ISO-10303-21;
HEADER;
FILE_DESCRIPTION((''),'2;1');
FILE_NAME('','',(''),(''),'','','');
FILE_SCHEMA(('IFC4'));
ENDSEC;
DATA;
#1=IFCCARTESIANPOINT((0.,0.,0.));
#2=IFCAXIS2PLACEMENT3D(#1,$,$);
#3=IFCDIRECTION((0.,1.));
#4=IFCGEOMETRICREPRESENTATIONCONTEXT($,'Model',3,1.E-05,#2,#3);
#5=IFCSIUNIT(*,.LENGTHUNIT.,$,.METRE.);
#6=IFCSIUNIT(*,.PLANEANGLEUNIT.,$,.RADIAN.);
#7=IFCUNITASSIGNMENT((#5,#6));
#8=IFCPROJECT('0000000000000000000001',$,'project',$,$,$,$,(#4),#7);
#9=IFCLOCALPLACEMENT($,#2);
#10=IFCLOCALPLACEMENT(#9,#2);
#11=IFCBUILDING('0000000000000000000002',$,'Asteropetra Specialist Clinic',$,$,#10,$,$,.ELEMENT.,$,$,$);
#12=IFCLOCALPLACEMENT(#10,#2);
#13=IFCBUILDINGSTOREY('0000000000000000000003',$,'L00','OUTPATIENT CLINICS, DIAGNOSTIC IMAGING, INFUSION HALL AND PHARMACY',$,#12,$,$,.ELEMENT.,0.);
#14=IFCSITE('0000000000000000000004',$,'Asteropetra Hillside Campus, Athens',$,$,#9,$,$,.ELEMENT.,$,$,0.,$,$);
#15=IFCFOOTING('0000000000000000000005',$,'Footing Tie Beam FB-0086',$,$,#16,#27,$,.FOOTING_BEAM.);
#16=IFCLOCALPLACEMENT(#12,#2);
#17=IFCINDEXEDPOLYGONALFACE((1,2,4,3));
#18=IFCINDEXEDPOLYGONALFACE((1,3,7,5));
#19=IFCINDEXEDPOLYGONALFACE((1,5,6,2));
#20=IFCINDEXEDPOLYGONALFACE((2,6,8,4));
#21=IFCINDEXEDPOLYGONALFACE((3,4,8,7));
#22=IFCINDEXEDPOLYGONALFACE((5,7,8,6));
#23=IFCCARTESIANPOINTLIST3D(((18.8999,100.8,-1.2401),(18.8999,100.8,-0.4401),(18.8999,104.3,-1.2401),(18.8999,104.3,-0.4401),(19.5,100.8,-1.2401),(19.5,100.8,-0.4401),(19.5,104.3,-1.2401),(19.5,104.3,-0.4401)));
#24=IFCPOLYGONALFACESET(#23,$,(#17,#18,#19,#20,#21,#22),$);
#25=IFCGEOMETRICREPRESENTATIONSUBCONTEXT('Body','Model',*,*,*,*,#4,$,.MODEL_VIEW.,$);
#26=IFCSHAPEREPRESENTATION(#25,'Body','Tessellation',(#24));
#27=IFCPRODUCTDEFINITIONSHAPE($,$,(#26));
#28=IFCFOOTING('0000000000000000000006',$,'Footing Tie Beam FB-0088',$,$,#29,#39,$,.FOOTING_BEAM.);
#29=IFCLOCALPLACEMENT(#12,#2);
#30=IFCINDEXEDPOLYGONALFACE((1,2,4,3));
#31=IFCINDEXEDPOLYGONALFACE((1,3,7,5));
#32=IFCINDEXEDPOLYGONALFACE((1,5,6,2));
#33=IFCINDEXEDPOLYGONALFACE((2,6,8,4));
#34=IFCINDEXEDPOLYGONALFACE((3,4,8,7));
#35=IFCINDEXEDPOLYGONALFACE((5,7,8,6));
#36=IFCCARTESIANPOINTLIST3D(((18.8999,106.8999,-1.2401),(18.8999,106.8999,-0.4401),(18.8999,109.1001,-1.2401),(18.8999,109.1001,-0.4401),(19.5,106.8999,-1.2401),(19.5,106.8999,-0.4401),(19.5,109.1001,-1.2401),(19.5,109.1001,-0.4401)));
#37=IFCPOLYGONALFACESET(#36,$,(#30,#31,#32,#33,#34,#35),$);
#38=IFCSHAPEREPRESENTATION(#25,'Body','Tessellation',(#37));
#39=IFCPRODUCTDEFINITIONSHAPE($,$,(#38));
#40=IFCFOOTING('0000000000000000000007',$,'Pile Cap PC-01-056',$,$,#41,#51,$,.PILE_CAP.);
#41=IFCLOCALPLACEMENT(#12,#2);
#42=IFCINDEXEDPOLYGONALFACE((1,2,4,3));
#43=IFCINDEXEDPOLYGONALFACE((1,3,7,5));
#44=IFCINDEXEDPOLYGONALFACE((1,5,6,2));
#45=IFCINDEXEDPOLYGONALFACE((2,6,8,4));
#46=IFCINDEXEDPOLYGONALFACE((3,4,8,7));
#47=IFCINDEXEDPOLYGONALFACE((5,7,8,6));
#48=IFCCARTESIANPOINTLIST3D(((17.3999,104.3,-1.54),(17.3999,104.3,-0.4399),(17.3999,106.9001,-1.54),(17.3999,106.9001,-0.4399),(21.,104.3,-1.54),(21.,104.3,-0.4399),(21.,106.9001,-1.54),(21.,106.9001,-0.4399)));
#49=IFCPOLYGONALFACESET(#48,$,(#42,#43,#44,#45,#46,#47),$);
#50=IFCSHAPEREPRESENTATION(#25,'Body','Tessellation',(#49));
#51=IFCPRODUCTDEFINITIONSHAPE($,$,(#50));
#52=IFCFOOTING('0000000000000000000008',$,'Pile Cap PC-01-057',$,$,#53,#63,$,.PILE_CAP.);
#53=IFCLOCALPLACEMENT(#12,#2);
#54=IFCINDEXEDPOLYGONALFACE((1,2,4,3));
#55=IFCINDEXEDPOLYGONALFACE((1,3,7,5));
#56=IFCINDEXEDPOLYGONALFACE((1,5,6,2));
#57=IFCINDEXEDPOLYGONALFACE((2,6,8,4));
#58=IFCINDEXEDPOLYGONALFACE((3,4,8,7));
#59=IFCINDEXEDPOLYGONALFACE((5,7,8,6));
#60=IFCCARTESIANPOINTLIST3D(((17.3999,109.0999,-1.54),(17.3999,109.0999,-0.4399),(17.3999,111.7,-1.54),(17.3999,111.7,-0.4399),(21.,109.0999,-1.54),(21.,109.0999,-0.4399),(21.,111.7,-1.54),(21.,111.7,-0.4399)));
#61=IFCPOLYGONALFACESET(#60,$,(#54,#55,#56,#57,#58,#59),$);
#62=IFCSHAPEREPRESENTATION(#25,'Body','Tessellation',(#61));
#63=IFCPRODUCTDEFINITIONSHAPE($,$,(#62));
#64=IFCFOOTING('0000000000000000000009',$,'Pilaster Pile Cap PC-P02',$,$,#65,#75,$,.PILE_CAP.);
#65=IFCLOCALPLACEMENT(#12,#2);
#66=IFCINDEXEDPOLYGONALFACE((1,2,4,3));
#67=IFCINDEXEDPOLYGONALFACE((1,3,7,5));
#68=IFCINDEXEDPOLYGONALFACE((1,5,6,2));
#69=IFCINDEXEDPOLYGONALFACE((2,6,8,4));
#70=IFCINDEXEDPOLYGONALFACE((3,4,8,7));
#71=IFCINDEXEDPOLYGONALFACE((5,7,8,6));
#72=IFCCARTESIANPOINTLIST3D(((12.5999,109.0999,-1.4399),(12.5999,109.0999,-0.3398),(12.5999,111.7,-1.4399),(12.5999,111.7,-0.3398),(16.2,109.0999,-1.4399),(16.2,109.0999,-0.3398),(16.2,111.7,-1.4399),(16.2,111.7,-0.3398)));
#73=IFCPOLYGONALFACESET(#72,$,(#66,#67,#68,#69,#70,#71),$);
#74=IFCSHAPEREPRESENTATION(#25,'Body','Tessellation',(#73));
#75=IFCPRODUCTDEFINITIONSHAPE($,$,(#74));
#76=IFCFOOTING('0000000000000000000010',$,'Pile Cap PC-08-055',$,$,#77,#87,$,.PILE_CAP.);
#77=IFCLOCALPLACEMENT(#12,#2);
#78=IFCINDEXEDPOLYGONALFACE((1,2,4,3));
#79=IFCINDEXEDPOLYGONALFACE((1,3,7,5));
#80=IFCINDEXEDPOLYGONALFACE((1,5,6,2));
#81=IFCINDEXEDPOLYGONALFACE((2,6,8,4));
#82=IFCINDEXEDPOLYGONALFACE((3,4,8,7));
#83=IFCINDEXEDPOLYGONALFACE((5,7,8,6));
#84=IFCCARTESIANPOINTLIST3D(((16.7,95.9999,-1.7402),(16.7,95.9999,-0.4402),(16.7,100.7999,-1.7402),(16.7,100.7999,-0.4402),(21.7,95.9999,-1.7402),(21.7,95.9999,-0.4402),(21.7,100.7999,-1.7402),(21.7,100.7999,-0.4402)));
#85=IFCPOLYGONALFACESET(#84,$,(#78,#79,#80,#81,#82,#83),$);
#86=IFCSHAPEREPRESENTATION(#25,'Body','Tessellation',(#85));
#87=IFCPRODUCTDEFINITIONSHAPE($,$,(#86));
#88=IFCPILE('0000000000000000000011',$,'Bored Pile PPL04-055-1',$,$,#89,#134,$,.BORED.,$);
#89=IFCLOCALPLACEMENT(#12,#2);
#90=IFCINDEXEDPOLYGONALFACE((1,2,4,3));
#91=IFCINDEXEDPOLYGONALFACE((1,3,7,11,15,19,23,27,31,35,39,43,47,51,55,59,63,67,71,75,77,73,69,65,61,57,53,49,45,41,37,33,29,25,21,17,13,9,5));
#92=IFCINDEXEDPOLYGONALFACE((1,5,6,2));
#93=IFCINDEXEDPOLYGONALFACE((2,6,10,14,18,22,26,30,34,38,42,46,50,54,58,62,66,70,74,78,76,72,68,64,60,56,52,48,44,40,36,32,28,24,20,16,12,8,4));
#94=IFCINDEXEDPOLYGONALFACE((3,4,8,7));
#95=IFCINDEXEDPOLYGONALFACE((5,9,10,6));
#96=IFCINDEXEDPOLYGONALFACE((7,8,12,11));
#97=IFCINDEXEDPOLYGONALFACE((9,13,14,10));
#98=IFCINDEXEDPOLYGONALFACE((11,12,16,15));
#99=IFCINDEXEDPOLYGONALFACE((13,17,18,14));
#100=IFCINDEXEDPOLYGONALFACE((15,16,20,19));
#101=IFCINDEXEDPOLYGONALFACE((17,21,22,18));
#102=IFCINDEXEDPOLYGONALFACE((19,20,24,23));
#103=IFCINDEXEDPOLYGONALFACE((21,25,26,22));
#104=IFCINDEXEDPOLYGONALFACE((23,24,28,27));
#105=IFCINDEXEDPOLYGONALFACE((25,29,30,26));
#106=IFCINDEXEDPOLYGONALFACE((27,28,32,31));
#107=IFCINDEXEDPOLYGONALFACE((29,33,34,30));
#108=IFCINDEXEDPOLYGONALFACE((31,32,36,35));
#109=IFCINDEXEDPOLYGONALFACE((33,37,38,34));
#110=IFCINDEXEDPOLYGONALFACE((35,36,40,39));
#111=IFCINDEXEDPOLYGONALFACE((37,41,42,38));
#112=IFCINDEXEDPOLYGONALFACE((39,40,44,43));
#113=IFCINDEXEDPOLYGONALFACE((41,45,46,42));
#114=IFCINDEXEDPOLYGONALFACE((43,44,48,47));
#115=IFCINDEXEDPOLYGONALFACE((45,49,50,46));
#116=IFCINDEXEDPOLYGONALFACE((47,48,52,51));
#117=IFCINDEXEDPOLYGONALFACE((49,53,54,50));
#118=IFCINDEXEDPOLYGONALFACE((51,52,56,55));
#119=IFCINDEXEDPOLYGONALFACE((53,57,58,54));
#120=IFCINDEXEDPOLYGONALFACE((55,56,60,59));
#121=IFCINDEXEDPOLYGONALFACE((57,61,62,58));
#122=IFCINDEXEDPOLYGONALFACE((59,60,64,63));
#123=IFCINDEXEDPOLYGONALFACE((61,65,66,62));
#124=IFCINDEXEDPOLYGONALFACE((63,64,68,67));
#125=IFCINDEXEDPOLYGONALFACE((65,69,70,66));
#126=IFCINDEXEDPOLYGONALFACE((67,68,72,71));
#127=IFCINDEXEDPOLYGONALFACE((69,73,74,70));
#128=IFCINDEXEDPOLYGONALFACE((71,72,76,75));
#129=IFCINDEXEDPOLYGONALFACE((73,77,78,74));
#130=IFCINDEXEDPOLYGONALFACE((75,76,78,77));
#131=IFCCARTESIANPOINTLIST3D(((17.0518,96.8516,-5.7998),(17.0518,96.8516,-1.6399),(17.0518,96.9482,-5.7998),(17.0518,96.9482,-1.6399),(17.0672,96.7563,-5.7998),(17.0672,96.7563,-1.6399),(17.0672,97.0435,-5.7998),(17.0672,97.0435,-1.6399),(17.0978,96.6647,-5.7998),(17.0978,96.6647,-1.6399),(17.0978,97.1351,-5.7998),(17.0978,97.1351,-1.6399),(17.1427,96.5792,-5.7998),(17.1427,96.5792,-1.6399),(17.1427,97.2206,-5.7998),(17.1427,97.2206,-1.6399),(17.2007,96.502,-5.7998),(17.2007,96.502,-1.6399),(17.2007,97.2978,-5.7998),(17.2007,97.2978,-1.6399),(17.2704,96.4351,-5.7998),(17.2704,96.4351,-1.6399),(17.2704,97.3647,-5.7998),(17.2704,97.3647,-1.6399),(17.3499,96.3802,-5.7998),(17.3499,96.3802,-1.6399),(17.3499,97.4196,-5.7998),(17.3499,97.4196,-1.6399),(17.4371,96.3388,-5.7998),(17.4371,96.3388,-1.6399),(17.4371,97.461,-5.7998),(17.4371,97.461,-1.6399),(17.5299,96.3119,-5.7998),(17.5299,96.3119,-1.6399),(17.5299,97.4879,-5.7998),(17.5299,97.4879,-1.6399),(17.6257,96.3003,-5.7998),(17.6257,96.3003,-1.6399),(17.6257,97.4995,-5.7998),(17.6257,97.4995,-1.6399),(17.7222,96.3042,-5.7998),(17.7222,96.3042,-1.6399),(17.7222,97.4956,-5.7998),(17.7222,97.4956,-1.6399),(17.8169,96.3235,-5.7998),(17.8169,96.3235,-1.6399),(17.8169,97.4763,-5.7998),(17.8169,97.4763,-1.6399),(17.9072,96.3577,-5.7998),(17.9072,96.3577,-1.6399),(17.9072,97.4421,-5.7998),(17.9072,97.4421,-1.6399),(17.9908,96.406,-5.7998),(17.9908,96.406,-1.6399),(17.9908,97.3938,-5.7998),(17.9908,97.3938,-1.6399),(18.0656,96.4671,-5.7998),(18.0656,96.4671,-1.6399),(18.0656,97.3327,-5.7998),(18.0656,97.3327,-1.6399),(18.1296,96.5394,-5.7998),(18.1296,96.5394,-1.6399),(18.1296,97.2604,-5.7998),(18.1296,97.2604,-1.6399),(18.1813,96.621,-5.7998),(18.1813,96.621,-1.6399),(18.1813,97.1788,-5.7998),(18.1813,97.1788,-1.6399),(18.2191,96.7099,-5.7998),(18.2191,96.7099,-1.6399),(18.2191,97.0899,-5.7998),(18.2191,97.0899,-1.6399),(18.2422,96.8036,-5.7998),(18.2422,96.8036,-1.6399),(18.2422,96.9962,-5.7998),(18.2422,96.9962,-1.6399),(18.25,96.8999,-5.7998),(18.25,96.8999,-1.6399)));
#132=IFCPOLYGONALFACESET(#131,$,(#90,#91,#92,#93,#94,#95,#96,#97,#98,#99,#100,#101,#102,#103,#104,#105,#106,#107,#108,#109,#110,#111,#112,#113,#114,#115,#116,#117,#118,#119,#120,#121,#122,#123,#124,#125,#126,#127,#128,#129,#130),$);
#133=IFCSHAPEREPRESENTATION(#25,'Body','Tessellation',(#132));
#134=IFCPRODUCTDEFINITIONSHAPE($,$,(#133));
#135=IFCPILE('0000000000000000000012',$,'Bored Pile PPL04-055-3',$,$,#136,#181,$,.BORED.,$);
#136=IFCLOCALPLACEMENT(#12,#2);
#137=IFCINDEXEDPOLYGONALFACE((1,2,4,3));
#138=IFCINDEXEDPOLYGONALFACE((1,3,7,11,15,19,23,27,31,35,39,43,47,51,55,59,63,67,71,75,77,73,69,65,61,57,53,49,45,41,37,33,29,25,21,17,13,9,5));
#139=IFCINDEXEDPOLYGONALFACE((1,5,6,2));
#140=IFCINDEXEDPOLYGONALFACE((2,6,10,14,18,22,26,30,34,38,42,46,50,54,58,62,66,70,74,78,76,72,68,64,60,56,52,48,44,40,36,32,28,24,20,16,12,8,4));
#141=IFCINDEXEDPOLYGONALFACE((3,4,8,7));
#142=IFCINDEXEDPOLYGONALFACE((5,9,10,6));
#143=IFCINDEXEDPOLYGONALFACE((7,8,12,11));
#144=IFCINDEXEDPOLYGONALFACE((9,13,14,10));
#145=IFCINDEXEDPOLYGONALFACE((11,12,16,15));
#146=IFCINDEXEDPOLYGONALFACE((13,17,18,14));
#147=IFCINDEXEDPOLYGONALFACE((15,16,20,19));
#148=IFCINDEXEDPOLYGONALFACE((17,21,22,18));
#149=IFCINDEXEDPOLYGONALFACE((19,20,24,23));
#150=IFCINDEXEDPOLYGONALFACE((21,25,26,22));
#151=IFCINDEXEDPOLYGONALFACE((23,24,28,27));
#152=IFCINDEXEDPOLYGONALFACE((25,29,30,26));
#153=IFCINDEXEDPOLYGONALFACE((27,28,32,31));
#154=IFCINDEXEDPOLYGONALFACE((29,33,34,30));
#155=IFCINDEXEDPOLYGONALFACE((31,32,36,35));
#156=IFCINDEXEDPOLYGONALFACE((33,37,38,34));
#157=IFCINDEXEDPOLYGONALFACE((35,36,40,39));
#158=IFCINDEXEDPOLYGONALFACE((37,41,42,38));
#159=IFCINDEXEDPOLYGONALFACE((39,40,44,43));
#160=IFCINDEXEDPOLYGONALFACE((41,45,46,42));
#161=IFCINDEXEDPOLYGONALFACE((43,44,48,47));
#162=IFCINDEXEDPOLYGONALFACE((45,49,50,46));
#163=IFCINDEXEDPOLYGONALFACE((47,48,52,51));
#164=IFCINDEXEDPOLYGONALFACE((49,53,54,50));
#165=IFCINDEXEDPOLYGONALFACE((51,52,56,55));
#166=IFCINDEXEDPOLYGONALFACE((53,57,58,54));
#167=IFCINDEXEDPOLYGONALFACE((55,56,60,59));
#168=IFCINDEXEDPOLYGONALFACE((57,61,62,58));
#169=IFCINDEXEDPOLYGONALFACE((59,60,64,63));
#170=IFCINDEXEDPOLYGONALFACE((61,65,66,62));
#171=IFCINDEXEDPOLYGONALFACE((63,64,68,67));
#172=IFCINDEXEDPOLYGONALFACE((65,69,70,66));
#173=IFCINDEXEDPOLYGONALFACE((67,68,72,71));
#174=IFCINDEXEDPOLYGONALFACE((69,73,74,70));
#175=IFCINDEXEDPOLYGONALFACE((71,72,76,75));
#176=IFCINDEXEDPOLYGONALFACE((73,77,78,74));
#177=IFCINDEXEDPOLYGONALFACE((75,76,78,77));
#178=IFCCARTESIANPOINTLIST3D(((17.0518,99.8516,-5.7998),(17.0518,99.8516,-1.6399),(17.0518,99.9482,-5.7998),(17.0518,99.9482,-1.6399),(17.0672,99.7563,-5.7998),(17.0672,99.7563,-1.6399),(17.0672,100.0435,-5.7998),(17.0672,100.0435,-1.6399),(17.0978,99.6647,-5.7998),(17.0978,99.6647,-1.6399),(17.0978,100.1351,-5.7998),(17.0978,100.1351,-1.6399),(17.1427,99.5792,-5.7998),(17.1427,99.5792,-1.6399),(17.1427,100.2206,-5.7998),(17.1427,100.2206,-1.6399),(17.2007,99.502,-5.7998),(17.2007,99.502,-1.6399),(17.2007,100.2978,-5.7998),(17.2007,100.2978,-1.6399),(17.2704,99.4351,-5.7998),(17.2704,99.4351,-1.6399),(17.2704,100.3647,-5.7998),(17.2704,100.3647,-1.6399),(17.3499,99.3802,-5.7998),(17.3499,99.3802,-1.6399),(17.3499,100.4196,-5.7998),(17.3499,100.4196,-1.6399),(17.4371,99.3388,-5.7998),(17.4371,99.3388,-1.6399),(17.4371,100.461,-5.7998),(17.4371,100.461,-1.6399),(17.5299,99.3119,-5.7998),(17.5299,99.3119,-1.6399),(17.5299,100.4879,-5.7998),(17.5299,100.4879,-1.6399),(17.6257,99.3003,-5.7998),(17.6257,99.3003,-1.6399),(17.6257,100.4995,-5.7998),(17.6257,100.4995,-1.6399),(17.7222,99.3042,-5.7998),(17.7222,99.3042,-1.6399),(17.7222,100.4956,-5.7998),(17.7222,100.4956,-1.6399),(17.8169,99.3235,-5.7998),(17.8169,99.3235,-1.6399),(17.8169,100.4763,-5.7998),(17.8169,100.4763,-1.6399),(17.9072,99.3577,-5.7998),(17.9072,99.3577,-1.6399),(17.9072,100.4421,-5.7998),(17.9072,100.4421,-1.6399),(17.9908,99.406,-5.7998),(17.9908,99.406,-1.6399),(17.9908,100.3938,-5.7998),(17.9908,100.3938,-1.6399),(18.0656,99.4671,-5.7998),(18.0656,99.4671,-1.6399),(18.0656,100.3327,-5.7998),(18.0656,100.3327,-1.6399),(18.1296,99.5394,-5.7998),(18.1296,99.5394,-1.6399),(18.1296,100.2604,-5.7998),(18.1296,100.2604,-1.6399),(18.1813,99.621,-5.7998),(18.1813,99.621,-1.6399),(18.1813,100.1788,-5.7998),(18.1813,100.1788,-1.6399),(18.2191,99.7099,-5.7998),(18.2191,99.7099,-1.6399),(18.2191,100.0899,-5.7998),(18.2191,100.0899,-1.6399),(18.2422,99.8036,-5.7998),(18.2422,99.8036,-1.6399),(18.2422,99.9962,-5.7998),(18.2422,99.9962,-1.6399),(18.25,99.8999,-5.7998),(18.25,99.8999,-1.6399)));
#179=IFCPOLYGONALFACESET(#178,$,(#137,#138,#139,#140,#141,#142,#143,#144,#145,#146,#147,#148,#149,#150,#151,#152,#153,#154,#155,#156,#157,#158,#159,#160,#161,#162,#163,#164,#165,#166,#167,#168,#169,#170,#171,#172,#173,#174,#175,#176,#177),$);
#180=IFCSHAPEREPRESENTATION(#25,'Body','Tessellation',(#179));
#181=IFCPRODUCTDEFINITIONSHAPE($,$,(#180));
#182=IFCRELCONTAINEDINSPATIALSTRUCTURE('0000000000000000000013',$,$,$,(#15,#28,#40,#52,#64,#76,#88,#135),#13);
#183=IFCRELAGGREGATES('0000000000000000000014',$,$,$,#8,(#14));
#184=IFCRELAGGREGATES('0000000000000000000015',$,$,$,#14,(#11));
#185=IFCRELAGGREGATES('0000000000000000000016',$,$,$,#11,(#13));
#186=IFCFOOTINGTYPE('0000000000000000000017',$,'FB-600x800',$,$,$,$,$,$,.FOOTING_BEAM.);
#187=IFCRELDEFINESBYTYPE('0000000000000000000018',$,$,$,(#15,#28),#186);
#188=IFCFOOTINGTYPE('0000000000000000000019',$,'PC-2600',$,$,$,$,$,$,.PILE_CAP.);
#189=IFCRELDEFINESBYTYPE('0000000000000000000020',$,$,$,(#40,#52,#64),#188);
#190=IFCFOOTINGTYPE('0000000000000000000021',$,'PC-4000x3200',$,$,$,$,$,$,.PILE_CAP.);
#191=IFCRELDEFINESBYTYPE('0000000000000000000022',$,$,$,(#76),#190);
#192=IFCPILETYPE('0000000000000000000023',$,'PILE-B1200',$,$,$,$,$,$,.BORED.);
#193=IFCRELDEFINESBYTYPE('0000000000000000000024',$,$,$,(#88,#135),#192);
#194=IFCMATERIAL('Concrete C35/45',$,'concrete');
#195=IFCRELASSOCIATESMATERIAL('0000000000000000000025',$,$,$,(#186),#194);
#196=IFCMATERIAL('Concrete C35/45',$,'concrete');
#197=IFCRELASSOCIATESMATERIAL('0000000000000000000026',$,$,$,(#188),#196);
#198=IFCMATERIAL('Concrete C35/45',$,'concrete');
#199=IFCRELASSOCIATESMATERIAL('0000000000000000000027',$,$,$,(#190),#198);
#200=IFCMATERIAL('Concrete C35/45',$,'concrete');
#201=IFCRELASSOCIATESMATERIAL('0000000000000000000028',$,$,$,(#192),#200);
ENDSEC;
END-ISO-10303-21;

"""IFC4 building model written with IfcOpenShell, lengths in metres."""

from ifc_helpers import new_model, si_unit, direction, frame, origin, origin_2d, place, context, subcontext, project, spatial, rectangle, circle, extrude, material, material_profile, profile_set, type_object, element, save


model = new_model("IFC4")

# Units and contexts
model_context = context("Model", 3, precision=1e-05, world=origin(), true_north=direction((0.0, 1.0)))
body_context = subcontext(model_context, "Body", "Model", "MODEL_VIEW")
ifc_project = project(units=[si_unit("LENGTHUNIT", "METRE"), si_unit("PLANEANGLEUNIT", "RADIAN")], contexts=[model_context])

# Site, building, storey
site_placement = place(None, origin())
site = spatial("IfcSite", under=ifc_project, at=site_placement, Name="Asteropetra Hillside Campus, Athens", CompositionType="ELEMENT", RefElevation=0.0)
building_placement = place(site_placement, origin())
building = spatial("IfcBuilding", under=site, at=building_placement, Name="Asteropetra Specialist Clinic", CompositionType="ELEMENT")
storey_placement = place(building_placement, origin())
storey = spatial("IfcBuildingStorey", under=building, at=storey_placement, Name="L00", Description="OUTPATIENT CLINICS, DIAGNOSTIC IMAGING, INFUSION HALL AND PHARMACY", CompositionType="ELEMENT", Elevation=0.0)

# Footings
ifc_material_1 = material(Name="Concrete C35/45", Category="concrete")
ifc_material_profile_1 = material_profile(ifc_material_1, rectangle(XDim=0.6001, YDim=0.8, at=origin_2d()), Name="FB 600x800")
ifc_profile_set_1 = profile_set([ifc_material_profile_1], Name="Concrete C35/45")
footing_type_1 = type_object("IfcFootingType", Name="FB-600x800", PredefinedType="FOOTING_BEAM", material=ifc_profile_set_1)
footing_1_placement = place(storey_placement, frame((19.2, 100.8, -0.8401), z_axis=(0.0, 1.0, 0.0), x_axis=(-1.0, 0.0, 0.0)))
element("IfcFooting", 1, at=footing_1_placement, inside=storey, type_object=footing_type_1, Name="Footing Tie Beam FB-0086", PredefinedType="FOOTING_BEAM", context=body_context, shape_type="SweptSolid", body=[
    extrude(rectangle(XDim=0.6001, YDim=0.8, at=origin_2d()), origin(), (0.0, 0.0, 1.0), 3.5),
])
footing_2_placement = place(storey_placement, frame((19.2, 106.8999, -0.8401), z_axis=(0.0, 1.0, 0.0), x_axis=(-1.0, 0.0, 0.0)))
element("IfcFooting", 2, at=footing_2_placement, inside=storey, type_object=footing_type_1, Name="Footing Tie Beam FB-0088", PredefinedType="FOOTING_BEAM", context=body_context, shape_type="SweptSolid", body=[
    extrude(rectangle(XDim=0.6001, YDim=0.8, at=origin_2d()), origin(), (0.0, 0.0, 1.0), 2.2002),
])
ifc_material_2 = material(Name="Concrete C35/45", Category="concrete")
footing_type_2 = type_object("IfcFootingType", Name="PC-2600", PredefinedType="PILE_CAP", material=ifc_material_2)
for number, where, z_axis, x_axis, name in (
    (3, (19.2, 105.6001, -1.54), (0.0, 0.0, 1.0), (1.0, 0.0, 0.0), "Pile Cap PC-01-056"),
    (4, (19.2, 110.3999, -1.54), (0.0, 0.0, 1.0), (1.0, 0.0, 0.0), "Pile Cap PC-01-057"),
    (5, (14.3999, 110.3999, -1.4399), (0.0, 0.0, 1.0), (1.0, 0.0, 0.0), "Pilaster Pile Cap PC-P02"),
):
    element("IfcFooting", number, at=place(storey_placement, frame(where, z_axis=z_axis, x_axis=x_axis)), inside=storey, type_object=footing_type_2, Name=name, PredefinedType="PILE_CAP", context=body_context, shape_type="SweptSolid", body=[
        extrude(rectangle(XDim=3.6001, YDim=2.6001, at=origin_2d()), origin(), (0.0, 0.0, 1.0), 1.1001),
    ])
ifc_material_3 = material(Name="Concrete C35/45", Category="concrete")
footing_type_3 = type_object("IfcFootingType", Name="PC-4000x3200", PredefinedType="PILE_CAP", material=ifc_material_3)
footing_3_placement = place(storey_placement, frame((19.2, 98.3999, -1.7402), z_axis=(0.0, 0.0, 1.0), x_axis=(1.0, 0.0, 0.0)))
element("IfcFooting", 6, at=footing_3_placement, inside=storey, type_object=footing_type_3, Name="Pile Cap PC-08-055", PredefinedType="PILE_CAP", context=body_context, shape_type="SweptSolid", body=[
    extrude(rectangle(XDim=5.0, YDim=4.8, at=origin_2d()), origin(), (0.0, 0.0, 1.0), 1.3),
])

# Piles
ifc_material_4 = material(Name="Concrete C35/45", Category="concrete")
ifc_material_profile_2 = material_profile(ifc_material_4, circle(Radius=0.6001, at=origin_2d()), Name="PILE D1200")
ifc_profile_set_2 = profile_set([ifc_material_profile_2], Name="Concrete C35/45")
pile_type_1 = type_object("IfcPileType", Name="PILE-B1200", PredefinedType="BORED", material=ifc_profile_set_2)
for number, where, z_axis, x_axis, name in (
    (7, (17.6499, 96.8999, -1.6399), (0.0, 0.0, -1.0), (1.0, 0.0, 0.0), "Bored Pile PPL04-055-1"),
    (8, (17.6499, 99.8999, -1.6399), (0.0, 0.0, -1.0), (1.0, 0.0, 0.0), "Bored Pile PPL04-055-3"),
):
    element("IfcPile", number, at=place(storey_placement, frame(where, z_axis=z_axis, x_axis=x_axis)), inside=storey, type_object=pile_type_1, Name=name, PredefinedType="BORED", context=body_context, shape_type="SweptSolid", body=[
        extrude(circle(Radius=0.6001, at=origin_2d()), origin(), (0.0, 0.0, 1.0), 4.1599),
    ])

save(model, "model.ifc")
